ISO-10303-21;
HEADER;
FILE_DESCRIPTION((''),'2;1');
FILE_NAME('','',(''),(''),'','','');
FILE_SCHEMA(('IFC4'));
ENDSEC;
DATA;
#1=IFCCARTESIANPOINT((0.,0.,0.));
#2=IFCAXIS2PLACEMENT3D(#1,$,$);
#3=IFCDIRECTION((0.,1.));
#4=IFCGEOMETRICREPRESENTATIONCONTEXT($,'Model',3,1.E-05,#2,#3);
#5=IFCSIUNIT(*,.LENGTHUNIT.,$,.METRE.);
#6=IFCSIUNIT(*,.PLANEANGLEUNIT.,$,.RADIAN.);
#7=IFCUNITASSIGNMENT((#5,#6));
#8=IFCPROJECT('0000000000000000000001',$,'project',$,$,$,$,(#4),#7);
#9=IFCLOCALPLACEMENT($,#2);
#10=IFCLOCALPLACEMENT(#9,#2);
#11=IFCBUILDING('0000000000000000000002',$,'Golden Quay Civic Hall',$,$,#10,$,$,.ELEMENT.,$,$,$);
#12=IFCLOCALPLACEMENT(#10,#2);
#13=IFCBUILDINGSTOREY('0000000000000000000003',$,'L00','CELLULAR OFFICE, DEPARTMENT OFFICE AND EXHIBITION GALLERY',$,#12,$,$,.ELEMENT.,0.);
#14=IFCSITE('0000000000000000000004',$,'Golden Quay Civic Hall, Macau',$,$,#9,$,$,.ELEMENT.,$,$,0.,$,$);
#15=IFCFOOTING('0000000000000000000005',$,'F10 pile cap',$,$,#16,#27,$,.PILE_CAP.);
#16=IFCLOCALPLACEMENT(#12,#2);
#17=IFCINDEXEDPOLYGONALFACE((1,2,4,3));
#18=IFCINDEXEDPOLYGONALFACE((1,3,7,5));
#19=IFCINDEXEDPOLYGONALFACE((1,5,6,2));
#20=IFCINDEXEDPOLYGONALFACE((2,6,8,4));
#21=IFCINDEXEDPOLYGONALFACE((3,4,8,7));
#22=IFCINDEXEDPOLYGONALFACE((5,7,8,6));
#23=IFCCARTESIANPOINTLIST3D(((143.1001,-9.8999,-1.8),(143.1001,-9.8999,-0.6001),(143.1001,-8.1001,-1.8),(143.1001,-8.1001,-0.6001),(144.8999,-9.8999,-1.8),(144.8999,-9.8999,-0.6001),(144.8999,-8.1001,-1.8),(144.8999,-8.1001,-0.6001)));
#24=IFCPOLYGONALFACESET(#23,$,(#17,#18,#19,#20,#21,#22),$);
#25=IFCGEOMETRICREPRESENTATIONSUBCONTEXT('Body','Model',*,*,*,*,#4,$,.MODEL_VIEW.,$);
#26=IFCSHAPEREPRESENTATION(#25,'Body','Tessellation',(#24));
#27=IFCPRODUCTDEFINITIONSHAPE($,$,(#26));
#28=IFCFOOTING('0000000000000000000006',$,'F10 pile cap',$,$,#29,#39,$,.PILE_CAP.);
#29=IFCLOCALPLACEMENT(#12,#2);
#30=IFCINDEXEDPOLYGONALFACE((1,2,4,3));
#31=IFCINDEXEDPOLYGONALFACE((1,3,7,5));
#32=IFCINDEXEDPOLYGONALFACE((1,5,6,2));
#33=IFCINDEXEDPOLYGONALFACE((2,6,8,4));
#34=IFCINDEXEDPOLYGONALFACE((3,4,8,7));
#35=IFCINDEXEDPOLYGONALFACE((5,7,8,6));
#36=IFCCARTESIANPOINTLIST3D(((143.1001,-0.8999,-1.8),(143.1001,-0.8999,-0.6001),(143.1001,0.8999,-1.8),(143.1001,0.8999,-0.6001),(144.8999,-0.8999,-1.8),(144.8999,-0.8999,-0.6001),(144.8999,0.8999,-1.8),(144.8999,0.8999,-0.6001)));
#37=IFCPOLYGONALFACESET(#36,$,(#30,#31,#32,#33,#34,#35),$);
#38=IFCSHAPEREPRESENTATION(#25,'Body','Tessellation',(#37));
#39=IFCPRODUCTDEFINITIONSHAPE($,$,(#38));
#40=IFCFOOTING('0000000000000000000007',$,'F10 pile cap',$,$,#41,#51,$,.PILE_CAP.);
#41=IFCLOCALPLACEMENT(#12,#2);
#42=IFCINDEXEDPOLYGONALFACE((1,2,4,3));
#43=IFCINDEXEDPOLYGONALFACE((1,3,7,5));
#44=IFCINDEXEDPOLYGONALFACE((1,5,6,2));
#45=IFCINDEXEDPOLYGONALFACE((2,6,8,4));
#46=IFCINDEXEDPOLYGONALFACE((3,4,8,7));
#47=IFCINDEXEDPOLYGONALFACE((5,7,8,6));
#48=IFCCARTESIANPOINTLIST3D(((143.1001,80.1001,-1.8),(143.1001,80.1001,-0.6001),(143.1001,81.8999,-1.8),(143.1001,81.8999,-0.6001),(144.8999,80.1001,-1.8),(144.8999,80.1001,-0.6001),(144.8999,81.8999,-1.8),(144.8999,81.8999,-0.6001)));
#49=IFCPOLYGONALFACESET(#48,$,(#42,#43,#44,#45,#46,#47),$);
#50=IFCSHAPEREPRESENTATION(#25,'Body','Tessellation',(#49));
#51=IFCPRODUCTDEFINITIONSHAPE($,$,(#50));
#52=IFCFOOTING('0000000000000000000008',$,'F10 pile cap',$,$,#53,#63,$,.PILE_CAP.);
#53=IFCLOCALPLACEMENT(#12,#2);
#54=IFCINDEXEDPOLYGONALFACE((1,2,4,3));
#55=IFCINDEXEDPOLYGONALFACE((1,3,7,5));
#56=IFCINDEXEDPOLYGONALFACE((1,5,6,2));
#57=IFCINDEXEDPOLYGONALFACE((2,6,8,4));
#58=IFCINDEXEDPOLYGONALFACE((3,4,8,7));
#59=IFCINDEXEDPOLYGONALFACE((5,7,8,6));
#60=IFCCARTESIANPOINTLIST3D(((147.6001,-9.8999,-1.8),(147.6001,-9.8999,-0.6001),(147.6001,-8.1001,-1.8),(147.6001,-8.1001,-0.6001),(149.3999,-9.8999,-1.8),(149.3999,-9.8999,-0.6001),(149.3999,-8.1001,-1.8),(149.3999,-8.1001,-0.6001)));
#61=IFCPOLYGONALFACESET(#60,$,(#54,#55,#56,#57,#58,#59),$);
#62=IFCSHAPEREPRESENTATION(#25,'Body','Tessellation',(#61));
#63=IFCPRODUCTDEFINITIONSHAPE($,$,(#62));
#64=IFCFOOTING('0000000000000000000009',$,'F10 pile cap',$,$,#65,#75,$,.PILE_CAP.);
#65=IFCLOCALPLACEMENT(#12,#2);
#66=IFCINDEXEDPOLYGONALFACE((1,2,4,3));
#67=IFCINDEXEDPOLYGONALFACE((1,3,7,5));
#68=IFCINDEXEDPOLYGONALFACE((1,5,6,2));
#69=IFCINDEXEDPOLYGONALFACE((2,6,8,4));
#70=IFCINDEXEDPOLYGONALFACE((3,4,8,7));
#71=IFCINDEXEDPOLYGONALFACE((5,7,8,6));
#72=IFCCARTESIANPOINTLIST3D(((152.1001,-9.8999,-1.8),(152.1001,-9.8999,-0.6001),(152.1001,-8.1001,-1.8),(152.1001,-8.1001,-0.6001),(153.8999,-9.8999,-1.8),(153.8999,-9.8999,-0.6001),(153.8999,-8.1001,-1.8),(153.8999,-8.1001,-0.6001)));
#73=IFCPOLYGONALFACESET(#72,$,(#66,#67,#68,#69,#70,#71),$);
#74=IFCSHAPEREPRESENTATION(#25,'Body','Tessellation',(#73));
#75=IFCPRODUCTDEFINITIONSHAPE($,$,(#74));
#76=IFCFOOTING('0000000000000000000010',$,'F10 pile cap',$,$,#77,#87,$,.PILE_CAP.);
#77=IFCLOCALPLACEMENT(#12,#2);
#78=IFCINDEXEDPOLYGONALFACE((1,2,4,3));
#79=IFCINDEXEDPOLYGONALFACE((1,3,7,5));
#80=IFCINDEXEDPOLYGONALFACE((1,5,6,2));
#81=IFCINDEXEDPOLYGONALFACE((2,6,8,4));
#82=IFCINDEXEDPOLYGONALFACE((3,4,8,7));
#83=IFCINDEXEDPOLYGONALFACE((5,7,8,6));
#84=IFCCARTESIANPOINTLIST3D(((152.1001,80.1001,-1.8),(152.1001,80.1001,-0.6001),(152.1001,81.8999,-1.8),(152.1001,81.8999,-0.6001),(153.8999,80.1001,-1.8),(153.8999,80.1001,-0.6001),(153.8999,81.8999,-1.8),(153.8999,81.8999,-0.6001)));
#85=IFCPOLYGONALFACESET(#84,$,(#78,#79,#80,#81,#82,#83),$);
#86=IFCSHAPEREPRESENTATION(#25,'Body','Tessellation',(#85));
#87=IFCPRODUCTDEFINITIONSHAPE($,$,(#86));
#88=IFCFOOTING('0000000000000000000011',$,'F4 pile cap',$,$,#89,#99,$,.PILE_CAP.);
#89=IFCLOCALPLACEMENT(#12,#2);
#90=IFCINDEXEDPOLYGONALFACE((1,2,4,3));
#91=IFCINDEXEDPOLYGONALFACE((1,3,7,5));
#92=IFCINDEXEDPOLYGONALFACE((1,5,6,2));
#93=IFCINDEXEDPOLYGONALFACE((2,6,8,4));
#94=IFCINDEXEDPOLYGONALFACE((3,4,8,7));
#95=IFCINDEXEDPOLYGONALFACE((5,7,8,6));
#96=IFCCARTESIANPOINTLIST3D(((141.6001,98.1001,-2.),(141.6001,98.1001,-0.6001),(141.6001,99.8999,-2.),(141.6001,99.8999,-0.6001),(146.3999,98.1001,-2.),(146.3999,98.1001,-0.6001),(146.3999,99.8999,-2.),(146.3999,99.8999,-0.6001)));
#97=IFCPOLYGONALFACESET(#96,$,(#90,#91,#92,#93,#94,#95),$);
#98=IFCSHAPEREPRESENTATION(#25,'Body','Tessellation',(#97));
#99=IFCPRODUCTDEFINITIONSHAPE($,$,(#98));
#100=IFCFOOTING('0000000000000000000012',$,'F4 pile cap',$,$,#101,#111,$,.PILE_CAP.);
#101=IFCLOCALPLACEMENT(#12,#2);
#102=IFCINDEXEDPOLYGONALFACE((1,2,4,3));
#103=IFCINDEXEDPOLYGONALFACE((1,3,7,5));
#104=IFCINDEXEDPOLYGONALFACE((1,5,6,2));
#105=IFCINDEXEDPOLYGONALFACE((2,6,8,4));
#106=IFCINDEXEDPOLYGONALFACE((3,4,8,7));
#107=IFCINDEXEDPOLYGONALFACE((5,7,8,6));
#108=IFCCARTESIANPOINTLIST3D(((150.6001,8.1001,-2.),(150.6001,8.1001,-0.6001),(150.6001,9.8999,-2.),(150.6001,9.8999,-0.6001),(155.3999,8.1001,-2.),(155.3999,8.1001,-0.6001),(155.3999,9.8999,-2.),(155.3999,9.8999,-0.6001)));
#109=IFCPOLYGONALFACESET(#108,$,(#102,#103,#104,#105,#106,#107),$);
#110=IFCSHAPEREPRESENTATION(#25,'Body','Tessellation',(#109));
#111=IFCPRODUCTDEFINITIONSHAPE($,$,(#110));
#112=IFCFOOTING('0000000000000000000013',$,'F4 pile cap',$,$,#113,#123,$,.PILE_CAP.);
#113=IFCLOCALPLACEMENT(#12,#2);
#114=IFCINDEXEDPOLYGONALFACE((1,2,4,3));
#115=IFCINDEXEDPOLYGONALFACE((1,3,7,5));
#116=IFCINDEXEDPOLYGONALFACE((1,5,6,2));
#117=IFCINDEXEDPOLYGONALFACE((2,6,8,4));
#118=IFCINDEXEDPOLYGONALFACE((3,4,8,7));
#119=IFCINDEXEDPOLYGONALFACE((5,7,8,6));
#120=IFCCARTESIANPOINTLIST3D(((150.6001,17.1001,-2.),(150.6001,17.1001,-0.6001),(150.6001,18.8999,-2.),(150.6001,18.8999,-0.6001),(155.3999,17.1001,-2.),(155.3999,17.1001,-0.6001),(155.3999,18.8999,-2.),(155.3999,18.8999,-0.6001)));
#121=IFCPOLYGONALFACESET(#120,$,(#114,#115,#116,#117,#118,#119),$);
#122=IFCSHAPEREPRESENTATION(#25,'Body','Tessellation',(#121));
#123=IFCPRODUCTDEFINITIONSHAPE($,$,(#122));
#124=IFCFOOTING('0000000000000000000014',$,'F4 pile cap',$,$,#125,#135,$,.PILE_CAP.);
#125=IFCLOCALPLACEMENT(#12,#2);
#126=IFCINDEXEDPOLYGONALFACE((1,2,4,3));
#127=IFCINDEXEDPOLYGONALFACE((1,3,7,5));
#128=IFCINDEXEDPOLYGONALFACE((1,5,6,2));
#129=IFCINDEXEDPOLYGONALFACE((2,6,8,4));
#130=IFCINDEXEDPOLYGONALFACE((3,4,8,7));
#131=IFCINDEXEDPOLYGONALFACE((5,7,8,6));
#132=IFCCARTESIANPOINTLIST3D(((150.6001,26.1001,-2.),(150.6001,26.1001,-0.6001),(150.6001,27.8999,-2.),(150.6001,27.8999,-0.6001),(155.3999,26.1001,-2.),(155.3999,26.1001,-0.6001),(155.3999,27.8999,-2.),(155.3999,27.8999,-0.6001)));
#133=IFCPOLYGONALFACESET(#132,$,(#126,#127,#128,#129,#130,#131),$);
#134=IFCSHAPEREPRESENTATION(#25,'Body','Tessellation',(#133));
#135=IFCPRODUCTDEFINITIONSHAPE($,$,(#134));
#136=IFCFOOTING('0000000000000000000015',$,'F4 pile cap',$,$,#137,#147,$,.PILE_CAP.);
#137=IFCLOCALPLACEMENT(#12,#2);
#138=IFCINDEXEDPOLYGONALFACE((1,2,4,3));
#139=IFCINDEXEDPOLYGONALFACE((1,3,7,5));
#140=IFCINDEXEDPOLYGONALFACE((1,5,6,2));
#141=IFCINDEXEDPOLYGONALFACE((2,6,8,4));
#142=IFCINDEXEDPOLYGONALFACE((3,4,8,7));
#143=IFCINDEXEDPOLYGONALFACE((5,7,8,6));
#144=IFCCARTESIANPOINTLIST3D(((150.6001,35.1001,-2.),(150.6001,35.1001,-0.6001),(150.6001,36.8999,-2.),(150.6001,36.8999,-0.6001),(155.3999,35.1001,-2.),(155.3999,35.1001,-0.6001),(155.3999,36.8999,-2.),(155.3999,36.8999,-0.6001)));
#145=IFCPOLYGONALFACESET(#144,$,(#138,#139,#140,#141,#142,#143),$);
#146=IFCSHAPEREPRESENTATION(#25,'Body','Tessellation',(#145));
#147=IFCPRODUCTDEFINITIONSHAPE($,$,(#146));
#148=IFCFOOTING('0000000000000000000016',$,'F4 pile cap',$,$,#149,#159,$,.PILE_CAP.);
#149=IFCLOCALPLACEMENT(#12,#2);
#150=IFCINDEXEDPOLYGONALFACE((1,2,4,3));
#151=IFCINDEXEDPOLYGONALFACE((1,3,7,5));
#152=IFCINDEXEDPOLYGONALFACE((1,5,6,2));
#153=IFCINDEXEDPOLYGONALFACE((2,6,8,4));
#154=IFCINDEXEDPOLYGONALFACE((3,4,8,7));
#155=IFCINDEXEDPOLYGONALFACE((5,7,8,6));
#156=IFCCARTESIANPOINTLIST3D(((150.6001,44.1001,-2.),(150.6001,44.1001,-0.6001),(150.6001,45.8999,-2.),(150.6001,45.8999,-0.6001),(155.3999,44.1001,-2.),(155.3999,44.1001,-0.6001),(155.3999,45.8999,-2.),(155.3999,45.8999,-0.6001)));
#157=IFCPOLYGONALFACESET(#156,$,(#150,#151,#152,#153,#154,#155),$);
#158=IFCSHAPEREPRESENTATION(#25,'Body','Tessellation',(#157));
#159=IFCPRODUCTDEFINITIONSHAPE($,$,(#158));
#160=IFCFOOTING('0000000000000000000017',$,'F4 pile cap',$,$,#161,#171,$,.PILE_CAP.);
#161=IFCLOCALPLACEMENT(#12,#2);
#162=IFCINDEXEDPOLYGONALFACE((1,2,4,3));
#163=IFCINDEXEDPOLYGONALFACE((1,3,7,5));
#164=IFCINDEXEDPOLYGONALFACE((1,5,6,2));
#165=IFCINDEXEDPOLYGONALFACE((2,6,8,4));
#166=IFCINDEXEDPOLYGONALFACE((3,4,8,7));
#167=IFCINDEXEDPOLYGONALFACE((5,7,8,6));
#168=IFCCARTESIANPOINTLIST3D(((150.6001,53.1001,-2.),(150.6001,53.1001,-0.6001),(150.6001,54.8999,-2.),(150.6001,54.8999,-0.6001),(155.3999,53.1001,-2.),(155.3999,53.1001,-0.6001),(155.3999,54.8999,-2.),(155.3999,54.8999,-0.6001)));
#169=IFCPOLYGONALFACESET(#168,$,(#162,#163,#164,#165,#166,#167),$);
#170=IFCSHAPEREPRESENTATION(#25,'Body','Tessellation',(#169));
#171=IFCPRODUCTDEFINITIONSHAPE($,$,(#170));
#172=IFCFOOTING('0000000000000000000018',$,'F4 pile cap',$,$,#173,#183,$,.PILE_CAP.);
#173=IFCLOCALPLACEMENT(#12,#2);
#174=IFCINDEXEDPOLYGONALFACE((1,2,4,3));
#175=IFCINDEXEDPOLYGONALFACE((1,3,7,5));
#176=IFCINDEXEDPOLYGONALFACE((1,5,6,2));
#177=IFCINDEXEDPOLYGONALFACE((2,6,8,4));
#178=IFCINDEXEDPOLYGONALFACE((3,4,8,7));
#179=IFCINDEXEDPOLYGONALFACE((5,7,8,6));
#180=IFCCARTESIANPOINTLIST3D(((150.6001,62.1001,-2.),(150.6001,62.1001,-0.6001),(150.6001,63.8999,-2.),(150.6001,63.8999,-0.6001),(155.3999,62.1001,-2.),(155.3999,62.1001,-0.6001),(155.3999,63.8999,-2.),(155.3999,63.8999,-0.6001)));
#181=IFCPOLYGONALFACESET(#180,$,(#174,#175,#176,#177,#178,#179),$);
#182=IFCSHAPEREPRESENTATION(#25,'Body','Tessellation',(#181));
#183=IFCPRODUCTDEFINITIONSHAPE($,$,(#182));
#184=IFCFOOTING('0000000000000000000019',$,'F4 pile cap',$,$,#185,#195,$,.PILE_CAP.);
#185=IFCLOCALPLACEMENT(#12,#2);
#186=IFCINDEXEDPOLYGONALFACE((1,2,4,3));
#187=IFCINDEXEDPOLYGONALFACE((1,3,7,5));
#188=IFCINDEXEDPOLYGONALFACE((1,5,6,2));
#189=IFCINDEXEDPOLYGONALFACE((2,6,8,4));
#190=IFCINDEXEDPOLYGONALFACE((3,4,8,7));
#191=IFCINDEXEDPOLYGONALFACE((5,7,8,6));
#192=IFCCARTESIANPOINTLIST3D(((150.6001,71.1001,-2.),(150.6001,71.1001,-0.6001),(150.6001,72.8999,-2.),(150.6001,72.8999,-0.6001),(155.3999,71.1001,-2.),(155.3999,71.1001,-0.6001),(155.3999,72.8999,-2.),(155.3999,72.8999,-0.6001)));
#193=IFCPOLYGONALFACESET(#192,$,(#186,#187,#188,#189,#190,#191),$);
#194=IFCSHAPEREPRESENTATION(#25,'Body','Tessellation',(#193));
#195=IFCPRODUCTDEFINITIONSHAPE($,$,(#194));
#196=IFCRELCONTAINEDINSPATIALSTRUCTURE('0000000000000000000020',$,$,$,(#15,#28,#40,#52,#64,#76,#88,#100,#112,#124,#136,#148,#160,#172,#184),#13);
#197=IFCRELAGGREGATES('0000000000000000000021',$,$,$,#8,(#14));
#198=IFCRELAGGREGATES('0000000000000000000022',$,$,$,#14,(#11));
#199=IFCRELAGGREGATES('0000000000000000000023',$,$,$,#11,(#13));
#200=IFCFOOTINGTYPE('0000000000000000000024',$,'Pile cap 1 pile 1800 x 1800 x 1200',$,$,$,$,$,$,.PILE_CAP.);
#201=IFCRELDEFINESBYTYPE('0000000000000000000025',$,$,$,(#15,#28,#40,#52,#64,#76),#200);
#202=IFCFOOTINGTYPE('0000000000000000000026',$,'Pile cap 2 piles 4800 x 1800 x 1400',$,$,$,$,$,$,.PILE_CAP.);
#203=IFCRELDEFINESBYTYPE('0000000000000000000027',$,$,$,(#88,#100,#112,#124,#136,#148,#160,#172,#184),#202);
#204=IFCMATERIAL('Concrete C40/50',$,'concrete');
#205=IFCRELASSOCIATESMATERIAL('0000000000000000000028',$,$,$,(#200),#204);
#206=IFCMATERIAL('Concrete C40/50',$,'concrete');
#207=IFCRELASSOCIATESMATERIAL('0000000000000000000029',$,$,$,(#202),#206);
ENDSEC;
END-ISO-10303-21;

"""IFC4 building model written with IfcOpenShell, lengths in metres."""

from ifc_helpers import new_model, si_unit, direction, frame, origin, place, context, subcontext, project, spatial, polyline, outline, extrude, material, type_object, element, save


model = new_model("IFC4")

# Units and contexts
model_context = context("Model", 3, precision=1e-05, world=origin(), true_north=direction((0.0, 1.0)))
body_context = subcontext(model_context, "Body", "Model", "MODEL_VIEW")
ifc_project = project(units=[si_unit("LENGTHUNIT", "METRE"), si_unit("PLANEANGLEUNIT", "RADIAN")], contexts=[model_context])

# Site, building, storey
site_placement = place(None, origin())
site = spatial("IfcSite", under=ifc_project, at=site_placement, Name="Golden Quay Civic Hall, Macau", CompositionType="ELEMENT", RefElevation=0.0)
building_placement = place(site_placement, origin())
building = spatial("IfcBuilding", under=site, at=building_placement, Name="Golden Quay Civic Hall", CompositionType="ELEMENT")
storey_placement = place(building_placement, origin())
storey = spatial("IfcBuildingStorey", under=building, at=storey_placement, Name="L00", Description="CELLULAR OFFICE, DEPARTMENT OFFICE AND EXHIBITION GALLERY", CompositionType="ELEMENT", Elevation=0.0)

# Footings
ifc_material_1 = material(Name="Concrete C40/50", Category="concrete")
footing_type_1 = type_object("IfcFootingType", Name="Pile cap 1 pile 1800 x 1800 x 1200", PredefinedType="PILE_CAP", material=ifc_material_1)
footing_1_placement = place(storey_placement, frame((0.0, 0.0, -1.8)))
element("IfcFooting", 1, at=footing_1_placement, inside=storey, type_object=footing_type_1, Name="F10 pile cap", PredefinedType="PILE_CAP", context=body_context, shape_type="SweptSolid", body=[
    extrude(outline(polyline([(144.8999, -9.8999), (144.8999, -8.1001), (143.1001, -8.1001), (143.1001, -9.8999), (144.8999, -9.8999)])), origin(), (0.0, 0.0, 1.0), 1.2),
])
footing_2_placement = place(storey_placement, frame((0.0, 0.0, -1.8)))
element("IfcFooting", 2, at=footing_2_placement, inside=storey, type_object=footing_type_1, Name="F10 pile cap", PredefinedType="PILE_CAP", context=body_context, shape_type="SweptSolid", body=[
    extrude(outline(polyline([(144.8999, -0.8999), (144.8999, 0.8999), (143.1001, 0.8999), (143.1001, -0.8999), (144.8999, -0.8999)])), origin(), (0.0, 0.0, 1.0), 1.2),
])
footing_3_placement = place(storey_placement, frame((0.0, 0.0, -1.8)))
element("IfcFooting", 3, at=footing_3_placement, inside=storey, type_object=footing_type_1, Name="F10 pile cap", PredefinedType="PILE_CAP", context=body_context, shape_type="SweptSolid", body=[
    extrude(outline(polyline([(144.8999, 80.1001), (144.8999, 81.8999), (143.1001, 81.8999), (143.1001, 80.1001), (144.8999, 80.1001)])), origin(), (0.0, 0.0, 1.0), 1.2),
])
footing_4_placement = place(storey_placement, frame((0.0, 0.0, -1.8)))
element("IfcFooting", 4, at=footing_4_placement, inside=storey, type_object=footing_type_1, Name="F10 pile cap", PredefinedType="PILE_CAP", context=body_context, shape_type="SweptSolid", body=[
    extrude(outline(polyline([(149.3999, -9.8999), (149.3999, -8.1001), (147.6001, -8.1001), (147.6001, -9.8999), (149.3999, -9.8999)])), origin(), (0.0, 0.0, 1.0), 1.2),
])
footing_5_placement = place(storey_placement, frame((0.0, 0.0, -1.8)))
element("IfcFooting", 5, at=footing_5_placement, inside=storey, type_object=footing_type_1, Name="F10 pile cap", PredefinedType="PILE_CAP", context=body_context, shape_type="SweptSolid", body=[
    extrude(outline(polyline([(153.8999, -9.8999), (153.8999, -8.1001), (152.1001, -8.1001), (152.1001, -9.8999), (153.8999, -9.8999)])), origin(), (0.0, 0.0, 1.0), 1.2),
])
footing_6_placement = place(storey_placement, frame((0.0, 0.0, -1.8)))
element("IfcFooting", 6, at=footing_6_placement, inside=storey, type_object=footing_type_1, Name="F10 pile cap", PredefinedType="PILE_CAP", context=body_context, shape_type="SweptSolid", body=[
    extrude(outline(polyline([(153.8999, 80.1001), (153.8999, 81.8999), (152.1001, 81.8999), (152.1001, 80.1001), (153.8999, 80.1001)])), origin(), (0.0, 0.0, 1.0), 1.2),
])
ifc_material_2 = material(Name="Concrete C40/50", Category="concrete")
footing_type_2 = type_object("IfcFootingType", Name="Pile cap 2 piles 4800 x 1800 x 1400", PredefinedType="PILE_CAP", material=ifc_material_2)
footing_7_placement = place(storey_placement, frame((0.0, 0.0, -2.0)))
element("IfcFooting", 7, at=footing_7_placement, inside=storey, type_object=footing_type_2, Name="F4 pile cap", PredefinedType="PILE_CAP", context=body_context, shape_type="SweptSolid", body=[
    extrude(outline(polyline([(146.3999, 98.1001), (146.3999, 99.8999), (141.6001, 99.8999), (141.6001, 98.1001), (146.3999, 98.1001)])), origin(), (0.0, 0.0, 1.0), 1.3999),
])
footing_8_placement = place(storey_placement, frame((0.0, 0.0, -2.0)))
element("IfcFooting", 8, at=footing_8_placement, inside=storey, type_object=footing_type_2, Name="F4 pile cap", PredefinedType="PILE_CAP", context=body_context, shape_type="SweptSolid", body=[
    extrude(outline(polyline([(155.3999, 8.1001), (155.3999, 9.8999), (150.6001, 9.8999), (150.6001, 8.1001), (155.3999, 8.1001)])), origin(), (0.0, 0.0, 1.0), 1.3999),
])
footing_9_placement = place(storey_placement, frame((0.0, 0.0, -2.0)))
element("IfcFooting", 9, at=footing_9_placement, inside=storey, type_object=footing_type_2, Name="F4 pile cap", PredefinedType="PILE_CAP", context=body_context, shape_type="SweptSolid", body=[
    extrude(outline(polyline([(155.3999, 17.1001), (155.3999, 18.8999), (150.6001, 18.8999), (150.6001, 17.1001), (155.3999, 17.1001)])), origin(), (0.0, 0.0, 1.0), 1.3999),
])
footing_10_placement = place(storey_placement, frame((0.0, 0.0, -2.0)))
element("IfcFooting", 10, at=footing_10_placement, inside=storey, type_object=footing_type_2, Name="F4 pile cap", PredefinedType="PILE_CAP", context=body_context, shape_type="SweptSolid", body=[
    extrude(outline(polyline([(155.3999, 26.1001), (155.3999, 27.8999), (150.6001, 27.8999), (150.6001, 26.1001), (155.3999, 26.1001)])), origin(), (0.0, 0.0, 1.0), 1.3999),
])
footing_11_placement = place(storey_placement, frame((0.0, 0.0, -2.0)))
element("IfcFooting", 11, at=footing_11_placement, inside=storey, type_object=footing_type_2, Name="F4 pile cap", PredefinedType="PILE_CAP", context=body_context, shape_type="SweptSolid", body=[
    extrude(outline(polyline([(155.3999, 35.1001), (155.3999, 36.8999), (150.6001, 36.8999), (150.6001, 35.1001), (155.3999, 35.1001)])), origin(), (0.0, 0.0, 1.0), 1.3999),
])
footing_12_placement = place(storey_placement, frame((0.0, 0.0, -2.0)))
element("IfcFooting", 12, at=footing_12_placement, inside=storey, type_object=footing_type_2, Name="F4 pile cap", PredefinedType="PILE_CAP", context=body_context, shape_type="SweptSolid", body=[
    extrude(outline(polyline([(155.3999, 44.1001), (155.3999, 45.8999), (150.6001, 45.8999), (150.6001, 44.1001), (155.3999, 44.1001)])), origin(), (0.0, 0.0, 1.0), 1.3999),
])
footing_13_placement = place(storey_placement, frame((0.0, 0.0, -2.0)))
element("IfcFooting", 13, at=footing_13_placement, inside=storey, type_object=footing_type_2, Name="F4 pile cap", PredefinedType="PILE_CAP", context=body_context, shape_type="SweptSolid", body=[
    extrude(outline(polyline([(155.3999, 53.1001), (155.3999, 54.8999), (150.6001, 54.8999), (150.6001, 53.1001), (155.3999, 53.1001)])), origin(), (0.0, 0.0, 1.0), 1.3999),
])
footing_14_placement = place(storey_placement, frame((0.0, 0.0, -2.0)))
element("IfcFooting", 14, at=footing_14_placement, inside=storey, type_object=footing_type_2, Name="F4 pile cap", PredefinedType="PILE_CAP", context=body_context, shape_type="SweptSolid", body=[
    extrude(outline(polyline([(155.3999, 62.1001), (155.3999, 63.8999), (150.6001, 63.8999), (150.6001, 62.1001), (155.3999, 62.1001)])), origin(), (0.0, 0.0, 1.0), 1.3999),
])
footing_15_placement = place(storey_placement, frame((0.0, 0.0, -2.0)))
element("IfcFooting", 15, at=footing_15_placement, inside=storey, type_object=footing_type_2, Name="F4 pile cap", PredefinedType="PILE_CAP", context=body_context, shape_type="SweptSolid", body=[
    extrude(outline(polyline([(155.3999, 71.1001), (155.3999, 72.8999), (150.6001, 72.8999), (150.6001, 71.1001), (155.3999, 71.1001)])), origin(), (0.0, 0.0, 1.0), 1.3999),
])

save(model, "model.ifc")
